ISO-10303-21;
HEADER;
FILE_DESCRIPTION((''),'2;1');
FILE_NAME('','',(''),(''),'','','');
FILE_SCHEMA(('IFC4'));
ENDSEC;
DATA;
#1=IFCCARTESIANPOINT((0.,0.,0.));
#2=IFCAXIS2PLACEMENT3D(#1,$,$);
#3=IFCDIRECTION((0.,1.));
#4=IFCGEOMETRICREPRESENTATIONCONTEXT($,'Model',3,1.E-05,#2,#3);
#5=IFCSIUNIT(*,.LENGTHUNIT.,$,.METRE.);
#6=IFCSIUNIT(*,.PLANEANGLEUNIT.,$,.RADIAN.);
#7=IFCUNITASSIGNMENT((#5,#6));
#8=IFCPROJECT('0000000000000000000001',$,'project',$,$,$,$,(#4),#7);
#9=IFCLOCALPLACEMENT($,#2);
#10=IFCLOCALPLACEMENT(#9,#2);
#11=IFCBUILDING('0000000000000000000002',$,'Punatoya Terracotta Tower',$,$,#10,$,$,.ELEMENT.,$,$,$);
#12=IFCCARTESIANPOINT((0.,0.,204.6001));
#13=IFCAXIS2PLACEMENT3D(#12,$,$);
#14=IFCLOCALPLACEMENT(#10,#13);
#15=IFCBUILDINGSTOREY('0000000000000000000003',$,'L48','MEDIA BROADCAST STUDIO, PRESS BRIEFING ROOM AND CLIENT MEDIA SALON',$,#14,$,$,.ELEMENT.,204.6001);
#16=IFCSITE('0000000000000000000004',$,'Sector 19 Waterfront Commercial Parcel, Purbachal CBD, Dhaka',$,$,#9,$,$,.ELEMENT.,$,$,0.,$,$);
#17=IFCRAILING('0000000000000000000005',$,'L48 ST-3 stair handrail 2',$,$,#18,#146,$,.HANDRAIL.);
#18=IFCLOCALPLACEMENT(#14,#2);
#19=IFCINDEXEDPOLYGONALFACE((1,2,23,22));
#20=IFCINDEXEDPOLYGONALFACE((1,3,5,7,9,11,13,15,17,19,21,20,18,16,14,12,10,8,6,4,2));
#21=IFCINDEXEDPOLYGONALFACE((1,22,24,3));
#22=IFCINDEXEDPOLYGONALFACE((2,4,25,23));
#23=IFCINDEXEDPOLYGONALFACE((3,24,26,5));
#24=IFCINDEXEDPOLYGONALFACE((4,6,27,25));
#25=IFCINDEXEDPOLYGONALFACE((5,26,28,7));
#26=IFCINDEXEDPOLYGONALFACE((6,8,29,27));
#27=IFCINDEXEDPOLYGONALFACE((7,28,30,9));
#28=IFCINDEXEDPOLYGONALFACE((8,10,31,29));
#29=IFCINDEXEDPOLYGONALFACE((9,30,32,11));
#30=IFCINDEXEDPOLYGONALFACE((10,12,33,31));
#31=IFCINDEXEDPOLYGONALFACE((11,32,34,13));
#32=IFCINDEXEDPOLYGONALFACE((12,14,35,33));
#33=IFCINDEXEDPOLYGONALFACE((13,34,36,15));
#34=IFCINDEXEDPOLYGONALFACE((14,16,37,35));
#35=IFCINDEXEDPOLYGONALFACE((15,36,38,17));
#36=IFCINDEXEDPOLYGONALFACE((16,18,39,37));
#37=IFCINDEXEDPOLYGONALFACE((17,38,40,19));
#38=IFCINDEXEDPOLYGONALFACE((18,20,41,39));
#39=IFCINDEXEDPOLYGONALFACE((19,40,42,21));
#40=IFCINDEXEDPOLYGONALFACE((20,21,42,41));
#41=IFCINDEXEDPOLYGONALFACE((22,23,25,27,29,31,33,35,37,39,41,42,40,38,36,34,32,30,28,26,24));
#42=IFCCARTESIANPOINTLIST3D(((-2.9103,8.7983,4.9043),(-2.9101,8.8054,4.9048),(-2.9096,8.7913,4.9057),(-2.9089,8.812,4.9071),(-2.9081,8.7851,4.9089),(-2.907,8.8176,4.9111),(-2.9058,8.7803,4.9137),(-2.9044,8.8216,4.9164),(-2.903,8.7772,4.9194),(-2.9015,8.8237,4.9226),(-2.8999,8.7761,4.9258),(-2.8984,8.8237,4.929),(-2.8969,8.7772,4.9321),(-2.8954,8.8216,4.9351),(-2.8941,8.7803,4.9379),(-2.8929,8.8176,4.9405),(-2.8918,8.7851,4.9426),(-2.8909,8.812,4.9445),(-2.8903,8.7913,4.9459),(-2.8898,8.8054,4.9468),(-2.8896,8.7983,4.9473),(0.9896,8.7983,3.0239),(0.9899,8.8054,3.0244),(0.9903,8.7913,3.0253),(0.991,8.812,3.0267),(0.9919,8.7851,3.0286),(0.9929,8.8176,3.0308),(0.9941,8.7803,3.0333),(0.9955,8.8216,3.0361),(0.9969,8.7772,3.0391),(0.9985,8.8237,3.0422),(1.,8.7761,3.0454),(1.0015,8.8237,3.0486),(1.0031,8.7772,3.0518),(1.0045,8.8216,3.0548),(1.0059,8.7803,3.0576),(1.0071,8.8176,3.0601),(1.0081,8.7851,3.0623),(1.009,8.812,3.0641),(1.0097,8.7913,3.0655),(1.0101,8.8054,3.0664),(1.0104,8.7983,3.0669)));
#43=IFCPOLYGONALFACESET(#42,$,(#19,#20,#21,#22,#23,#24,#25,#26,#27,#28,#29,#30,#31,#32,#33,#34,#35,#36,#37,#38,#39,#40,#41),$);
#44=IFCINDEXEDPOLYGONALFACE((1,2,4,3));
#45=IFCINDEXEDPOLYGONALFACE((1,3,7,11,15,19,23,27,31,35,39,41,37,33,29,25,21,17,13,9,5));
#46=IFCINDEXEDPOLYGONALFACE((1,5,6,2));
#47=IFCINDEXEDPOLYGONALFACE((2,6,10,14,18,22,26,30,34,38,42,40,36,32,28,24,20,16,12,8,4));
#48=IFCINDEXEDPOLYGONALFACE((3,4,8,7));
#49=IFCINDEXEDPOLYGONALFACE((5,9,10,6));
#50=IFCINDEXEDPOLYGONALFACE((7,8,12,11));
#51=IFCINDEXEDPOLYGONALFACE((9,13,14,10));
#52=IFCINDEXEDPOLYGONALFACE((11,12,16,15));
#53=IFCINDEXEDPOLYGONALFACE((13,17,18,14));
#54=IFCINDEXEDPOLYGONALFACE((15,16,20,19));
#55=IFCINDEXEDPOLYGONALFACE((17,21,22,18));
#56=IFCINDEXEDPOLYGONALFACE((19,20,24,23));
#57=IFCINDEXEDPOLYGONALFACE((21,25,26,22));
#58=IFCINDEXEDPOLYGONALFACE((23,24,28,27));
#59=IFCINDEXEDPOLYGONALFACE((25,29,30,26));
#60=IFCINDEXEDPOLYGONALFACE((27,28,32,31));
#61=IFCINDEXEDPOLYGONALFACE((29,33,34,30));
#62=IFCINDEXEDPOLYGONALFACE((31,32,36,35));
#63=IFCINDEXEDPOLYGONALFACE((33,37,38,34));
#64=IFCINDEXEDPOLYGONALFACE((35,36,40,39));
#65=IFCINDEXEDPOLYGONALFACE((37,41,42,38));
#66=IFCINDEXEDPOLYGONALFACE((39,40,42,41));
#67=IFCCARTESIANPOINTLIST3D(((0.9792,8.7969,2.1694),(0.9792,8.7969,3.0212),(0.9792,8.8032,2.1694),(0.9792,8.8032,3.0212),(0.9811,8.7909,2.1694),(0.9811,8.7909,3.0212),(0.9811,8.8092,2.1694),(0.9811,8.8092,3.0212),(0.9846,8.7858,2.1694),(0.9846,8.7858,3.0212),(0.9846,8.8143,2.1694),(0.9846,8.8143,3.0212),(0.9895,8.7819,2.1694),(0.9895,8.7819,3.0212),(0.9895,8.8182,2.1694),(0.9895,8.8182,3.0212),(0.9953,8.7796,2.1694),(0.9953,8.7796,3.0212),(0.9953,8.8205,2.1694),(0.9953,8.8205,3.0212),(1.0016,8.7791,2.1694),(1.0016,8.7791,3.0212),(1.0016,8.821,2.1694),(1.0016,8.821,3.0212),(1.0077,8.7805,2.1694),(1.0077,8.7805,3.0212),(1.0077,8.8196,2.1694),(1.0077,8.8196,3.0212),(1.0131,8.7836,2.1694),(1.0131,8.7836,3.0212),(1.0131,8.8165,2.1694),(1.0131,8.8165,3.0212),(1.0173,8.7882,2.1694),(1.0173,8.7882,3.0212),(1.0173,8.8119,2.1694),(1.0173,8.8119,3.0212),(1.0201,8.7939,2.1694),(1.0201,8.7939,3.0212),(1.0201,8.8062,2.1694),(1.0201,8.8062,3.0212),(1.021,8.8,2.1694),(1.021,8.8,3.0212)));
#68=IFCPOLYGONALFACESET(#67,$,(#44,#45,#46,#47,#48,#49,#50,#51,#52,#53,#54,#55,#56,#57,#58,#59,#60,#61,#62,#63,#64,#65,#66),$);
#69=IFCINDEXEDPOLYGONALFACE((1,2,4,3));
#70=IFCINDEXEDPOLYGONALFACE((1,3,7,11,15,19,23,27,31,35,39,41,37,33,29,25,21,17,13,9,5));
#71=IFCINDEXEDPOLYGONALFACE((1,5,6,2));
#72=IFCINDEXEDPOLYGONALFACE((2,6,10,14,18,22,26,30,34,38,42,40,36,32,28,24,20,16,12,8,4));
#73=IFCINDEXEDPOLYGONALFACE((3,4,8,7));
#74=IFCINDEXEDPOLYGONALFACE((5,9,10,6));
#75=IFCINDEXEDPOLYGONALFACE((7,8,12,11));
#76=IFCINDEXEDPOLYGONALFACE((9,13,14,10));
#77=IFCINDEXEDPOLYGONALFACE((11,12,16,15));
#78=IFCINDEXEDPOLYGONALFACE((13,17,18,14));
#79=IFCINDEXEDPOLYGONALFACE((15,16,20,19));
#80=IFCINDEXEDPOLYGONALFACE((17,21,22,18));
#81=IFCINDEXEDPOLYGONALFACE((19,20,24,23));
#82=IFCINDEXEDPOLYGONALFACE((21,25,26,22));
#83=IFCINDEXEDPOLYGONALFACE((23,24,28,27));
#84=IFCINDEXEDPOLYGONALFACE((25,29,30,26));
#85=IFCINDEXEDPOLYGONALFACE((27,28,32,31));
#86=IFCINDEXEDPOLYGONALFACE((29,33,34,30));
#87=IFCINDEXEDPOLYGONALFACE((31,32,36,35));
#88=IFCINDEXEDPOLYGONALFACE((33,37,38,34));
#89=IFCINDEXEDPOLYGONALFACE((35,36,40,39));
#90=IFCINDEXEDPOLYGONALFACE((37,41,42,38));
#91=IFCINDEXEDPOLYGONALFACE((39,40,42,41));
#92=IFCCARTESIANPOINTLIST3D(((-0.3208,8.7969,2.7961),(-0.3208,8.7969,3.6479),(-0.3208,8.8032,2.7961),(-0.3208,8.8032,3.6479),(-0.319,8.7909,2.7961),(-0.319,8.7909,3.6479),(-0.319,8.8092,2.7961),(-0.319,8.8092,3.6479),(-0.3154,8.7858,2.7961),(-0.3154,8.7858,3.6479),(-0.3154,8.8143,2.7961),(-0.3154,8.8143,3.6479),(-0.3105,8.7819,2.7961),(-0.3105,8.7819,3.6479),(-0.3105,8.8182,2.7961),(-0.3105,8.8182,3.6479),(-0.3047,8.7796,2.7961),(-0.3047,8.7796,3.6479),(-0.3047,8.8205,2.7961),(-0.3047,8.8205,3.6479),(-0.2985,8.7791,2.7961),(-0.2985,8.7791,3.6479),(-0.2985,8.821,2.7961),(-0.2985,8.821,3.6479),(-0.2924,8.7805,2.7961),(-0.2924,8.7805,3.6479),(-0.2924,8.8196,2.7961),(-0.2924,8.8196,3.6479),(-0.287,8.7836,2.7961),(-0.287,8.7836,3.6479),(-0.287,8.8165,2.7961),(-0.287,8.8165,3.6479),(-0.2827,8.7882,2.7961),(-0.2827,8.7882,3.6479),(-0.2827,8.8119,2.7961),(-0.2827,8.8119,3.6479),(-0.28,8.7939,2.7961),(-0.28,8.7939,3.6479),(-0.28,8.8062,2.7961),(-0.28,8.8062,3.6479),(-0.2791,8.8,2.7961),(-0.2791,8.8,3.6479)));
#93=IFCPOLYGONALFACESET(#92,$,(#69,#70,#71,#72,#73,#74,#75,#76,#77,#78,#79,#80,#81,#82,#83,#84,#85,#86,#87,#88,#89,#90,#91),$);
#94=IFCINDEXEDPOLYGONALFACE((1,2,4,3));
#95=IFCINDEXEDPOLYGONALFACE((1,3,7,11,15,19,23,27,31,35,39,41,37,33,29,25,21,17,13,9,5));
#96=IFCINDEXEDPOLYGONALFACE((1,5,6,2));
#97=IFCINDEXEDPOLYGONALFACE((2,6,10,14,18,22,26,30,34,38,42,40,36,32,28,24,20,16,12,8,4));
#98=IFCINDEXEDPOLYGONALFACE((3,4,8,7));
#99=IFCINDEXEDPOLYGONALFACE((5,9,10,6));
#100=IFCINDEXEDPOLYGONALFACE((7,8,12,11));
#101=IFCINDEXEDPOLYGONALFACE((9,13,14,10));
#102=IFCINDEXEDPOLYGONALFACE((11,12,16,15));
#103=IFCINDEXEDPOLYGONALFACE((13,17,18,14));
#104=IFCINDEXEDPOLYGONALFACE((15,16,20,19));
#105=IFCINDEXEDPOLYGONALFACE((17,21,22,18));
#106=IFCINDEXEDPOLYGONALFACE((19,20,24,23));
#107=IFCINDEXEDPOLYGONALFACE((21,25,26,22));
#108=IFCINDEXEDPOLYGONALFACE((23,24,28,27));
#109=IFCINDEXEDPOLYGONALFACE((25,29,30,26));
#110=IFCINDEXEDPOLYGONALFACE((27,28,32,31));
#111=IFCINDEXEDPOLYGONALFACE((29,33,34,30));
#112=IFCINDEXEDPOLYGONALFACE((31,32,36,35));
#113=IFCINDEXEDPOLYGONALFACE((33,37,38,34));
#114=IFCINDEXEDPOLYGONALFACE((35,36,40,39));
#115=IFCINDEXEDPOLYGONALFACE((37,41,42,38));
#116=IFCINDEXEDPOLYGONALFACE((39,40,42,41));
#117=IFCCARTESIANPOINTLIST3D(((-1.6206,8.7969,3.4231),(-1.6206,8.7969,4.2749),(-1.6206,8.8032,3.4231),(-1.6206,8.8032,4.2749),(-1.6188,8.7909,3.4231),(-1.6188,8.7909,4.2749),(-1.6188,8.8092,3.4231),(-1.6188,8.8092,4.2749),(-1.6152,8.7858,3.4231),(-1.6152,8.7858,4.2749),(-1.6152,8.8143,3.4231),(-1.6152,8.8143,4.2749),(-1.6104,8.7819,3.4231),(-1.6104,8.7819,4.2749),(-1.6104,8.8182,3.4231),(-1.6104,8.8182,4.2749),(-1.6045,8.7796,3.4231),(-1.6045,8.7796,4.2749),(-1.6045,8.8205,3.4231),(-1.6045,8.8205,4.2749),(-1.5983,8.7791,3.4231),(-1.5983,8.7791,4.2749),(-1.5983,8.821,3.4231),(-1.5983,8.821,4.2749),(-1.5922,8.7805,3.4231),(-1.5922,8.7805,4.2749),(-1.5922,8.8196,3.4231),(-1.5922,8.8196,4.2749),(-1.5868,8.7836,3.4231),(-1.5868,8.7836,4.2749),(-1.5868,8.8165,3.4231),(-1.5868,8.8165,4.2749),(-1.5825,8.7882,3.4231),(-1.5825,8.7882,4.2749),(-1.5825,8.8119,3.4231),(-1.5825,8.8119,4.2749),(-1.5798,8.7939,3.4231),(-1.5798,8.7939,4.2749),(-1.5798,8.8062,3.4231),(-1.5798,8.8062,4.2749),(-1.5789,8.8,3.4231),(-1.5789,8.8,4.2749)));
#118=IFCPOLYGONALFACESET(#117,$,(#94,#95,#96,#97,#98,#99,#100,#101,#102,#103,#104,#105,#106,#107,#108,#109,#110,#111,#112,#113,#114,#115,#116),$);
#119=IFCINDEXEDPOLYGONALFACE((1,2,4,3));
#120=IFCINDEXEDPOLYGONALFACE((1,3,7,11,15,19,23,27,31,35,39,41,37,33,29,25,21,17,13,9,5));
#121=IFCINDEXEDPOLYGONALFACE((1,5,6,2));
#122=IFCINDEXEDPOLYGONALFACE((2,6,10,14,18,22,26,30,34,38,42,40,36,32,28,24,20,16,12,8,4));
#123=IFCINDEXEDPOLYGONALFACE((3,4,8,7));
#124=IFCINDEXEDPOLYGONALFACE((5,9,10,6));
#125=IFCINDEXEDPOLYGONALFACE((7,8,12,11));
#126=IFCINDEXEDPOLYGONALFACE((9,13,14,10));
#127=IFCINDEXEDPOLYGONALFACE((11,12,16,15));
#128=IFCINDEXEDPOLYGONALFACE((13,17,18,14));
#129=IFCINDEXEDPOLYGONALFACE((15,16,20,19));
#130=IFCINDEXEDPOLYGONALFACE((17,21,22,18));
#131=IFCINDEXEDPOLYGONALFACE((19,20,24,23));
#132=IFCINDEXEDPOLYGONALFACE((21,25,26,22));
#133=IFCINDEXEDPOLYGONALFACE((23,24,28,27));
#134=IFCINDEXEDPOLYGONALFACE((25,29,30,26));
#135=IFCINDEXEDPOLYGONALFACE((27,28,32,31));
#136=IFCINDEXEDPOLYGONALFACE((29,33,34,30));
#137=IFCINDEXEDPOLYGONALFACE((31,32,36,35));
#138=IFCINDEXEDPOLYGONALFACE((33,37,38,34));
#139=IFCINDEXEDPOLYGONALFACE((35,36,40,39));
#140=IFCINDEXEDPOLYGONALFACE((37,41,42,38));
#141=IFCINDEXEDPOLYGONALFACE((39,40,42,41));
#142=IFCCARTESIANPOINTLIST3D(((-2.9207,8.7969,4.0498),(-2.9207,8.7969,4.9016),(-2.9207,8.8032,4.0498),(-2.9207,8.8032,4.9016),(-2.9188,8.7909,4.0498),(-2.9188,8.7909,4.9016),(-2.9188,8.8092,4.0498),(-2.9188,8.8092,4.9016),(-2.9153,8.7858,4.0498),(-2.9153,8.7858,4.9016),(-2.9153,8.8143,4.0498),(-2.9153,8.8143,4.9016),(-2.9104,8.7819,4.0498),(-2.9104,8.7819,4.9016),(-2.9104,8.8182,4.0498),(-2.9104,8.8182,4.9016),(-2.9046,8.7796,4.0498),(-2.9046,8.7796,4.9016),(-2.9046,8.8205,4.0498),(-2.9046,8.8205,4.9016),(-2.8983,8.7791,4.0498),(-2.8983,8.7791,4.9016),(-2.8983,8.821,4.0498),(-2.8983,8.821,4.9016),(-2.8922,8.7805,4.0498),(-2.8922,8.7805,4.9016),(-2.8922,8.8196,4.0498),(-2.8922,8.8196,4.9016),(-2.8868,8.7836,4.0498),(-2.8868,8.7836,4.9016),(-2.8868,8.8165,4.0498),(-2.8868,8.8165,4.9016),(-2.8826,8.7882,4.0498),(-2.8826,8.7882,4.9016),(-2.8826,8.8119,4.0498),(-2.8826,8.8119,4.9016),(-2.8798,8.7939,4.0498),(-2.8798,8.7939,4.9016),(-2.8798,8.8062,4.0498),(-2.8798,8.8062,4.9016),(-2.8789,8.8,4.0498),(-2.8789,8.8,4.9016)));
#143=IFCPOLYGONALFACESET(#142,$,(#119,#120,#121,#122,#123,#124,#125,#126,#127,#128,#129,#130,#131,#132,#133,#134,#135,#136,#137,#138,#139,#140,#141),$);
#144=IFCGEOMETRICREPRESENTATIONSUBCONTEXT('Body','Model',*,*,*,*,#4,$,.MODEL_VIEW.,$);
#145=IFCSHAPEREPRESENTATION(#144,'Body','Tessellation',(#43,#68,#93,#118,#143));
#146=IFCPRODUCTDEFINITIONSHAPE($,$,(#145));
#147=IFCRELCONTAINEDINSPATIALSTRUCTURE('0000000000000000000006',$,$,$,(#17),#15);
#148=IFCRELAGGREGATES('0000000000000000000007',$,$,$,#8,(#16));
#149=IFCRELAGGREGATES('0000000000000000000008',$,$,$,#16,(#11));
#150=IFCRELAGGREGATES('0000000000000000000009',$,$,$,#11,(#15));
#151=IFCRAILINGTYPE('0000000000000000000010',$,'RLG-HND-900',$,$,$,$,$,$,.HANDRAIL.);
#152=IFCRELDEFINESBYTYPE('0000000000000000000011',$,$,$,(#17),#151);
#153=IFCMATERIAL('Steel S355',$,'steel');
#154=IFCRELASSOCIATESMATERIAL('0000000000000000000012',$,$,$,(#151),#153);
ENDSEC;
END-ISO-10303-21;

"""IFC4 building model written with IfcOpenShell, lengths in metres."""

from ifc_helpers import new_model, si_unit, direction, frame, origin, origin_2d, place, context, subcontext, project, spatial, circle, extrude, material, type_object, element, save


model = new_model("IFC4")

# Units and contexts
model_context = context("Model", 3, precision=1e-05, world=origin(), true_north=direction((0.0, 1.0)))
body_context = subcontext(model_context, "Body", "Model", "MODEL_VIEW")
ifc_project = project(units=[si_unit("LENGTHUNIT", "METRE"), si_unit("PLANEANGLEUNIT", "RADIAN")], contexts=[model_context])

# Site, building, storey
site_placement = place(None, origin())
site = spatial("IfcSite", under=ifc_project, at=site_placement, Name="Sector 19 Waterfront Commercial Parcel, Purbachal CBD, Dhaka", CompositionType="ELEMENT", RefElevation=0.0)
building_placement = place(site_placement, origin())
building = spatial("IfcBuilding", under=site, at=building_placement, Name="Punatoya Terracotta Tower", CompositionType="ELEMENT")
storey_placement = place(building_placement, frame((0.0, 0.0, 204.6001)))
storey = spatial("IfcBuildingStorey", under=building, at=storey_placement, Name="L48", Description="MEDIA BROADCAST STUDIO, PRESS BRIEFING ROOM AND CLIENT MEDIA SALON", CompositionType="ELEMENT", Elevation=204.6001)

# Shared definitions
ifc_material_1 = material(Name="Steel S355", Category="steel")

# Railing
railing_type_1 = type_object("IfcRailingType", Name="RLG-HND-900", PredefinedType="HANDRAIL", material=ifc_material_1)
railing_1_placement = place(storey_placement, frame((1.0, 8.8, 2.1694)))
element("IfcRailing", 1, at=railing_1_placement, inside=storey, type_object=railing_type_1, Name="L48 ST-3 stair handrail 2", PredefinedType="HANDRAIL", context=body_context, shape_type="SweptSolid", body=[
    extrude(circle(Radius=0.0239, at=origin_2d()), frame((0.0, 0.0, 0.876), z_axis=(-0.900763, 0.0, 0.434311), x_axis=(0.0, -1.0, 0.0)), (0.0, 0.0, 1.0), 4.3296),
    extrude(circle(Radius=0.021, at=origin_2d()), origin(), (0.0, 0.0, 1.0), 0.8518),
    extrude(circle(Radius=0.021, at=origin_2d()), frame((-1.3, 0.0, 0.6267)), (0.0, 0.0, 1.0), 0.8518),
    extrude(circle(Radius=0.021, at=origin_2d()), frame((-2.5999, 0.0, 1.2537)), (0.0, 0.0, 1.0), 0.8518),
    extrude(circle(Radius=0.021, at=origin_2d()), frame((-3.8999, 0.0, 1.8804)), (0.0, 0.0, 1.0), 0.8518),
])

save(model, "model.ifc")
